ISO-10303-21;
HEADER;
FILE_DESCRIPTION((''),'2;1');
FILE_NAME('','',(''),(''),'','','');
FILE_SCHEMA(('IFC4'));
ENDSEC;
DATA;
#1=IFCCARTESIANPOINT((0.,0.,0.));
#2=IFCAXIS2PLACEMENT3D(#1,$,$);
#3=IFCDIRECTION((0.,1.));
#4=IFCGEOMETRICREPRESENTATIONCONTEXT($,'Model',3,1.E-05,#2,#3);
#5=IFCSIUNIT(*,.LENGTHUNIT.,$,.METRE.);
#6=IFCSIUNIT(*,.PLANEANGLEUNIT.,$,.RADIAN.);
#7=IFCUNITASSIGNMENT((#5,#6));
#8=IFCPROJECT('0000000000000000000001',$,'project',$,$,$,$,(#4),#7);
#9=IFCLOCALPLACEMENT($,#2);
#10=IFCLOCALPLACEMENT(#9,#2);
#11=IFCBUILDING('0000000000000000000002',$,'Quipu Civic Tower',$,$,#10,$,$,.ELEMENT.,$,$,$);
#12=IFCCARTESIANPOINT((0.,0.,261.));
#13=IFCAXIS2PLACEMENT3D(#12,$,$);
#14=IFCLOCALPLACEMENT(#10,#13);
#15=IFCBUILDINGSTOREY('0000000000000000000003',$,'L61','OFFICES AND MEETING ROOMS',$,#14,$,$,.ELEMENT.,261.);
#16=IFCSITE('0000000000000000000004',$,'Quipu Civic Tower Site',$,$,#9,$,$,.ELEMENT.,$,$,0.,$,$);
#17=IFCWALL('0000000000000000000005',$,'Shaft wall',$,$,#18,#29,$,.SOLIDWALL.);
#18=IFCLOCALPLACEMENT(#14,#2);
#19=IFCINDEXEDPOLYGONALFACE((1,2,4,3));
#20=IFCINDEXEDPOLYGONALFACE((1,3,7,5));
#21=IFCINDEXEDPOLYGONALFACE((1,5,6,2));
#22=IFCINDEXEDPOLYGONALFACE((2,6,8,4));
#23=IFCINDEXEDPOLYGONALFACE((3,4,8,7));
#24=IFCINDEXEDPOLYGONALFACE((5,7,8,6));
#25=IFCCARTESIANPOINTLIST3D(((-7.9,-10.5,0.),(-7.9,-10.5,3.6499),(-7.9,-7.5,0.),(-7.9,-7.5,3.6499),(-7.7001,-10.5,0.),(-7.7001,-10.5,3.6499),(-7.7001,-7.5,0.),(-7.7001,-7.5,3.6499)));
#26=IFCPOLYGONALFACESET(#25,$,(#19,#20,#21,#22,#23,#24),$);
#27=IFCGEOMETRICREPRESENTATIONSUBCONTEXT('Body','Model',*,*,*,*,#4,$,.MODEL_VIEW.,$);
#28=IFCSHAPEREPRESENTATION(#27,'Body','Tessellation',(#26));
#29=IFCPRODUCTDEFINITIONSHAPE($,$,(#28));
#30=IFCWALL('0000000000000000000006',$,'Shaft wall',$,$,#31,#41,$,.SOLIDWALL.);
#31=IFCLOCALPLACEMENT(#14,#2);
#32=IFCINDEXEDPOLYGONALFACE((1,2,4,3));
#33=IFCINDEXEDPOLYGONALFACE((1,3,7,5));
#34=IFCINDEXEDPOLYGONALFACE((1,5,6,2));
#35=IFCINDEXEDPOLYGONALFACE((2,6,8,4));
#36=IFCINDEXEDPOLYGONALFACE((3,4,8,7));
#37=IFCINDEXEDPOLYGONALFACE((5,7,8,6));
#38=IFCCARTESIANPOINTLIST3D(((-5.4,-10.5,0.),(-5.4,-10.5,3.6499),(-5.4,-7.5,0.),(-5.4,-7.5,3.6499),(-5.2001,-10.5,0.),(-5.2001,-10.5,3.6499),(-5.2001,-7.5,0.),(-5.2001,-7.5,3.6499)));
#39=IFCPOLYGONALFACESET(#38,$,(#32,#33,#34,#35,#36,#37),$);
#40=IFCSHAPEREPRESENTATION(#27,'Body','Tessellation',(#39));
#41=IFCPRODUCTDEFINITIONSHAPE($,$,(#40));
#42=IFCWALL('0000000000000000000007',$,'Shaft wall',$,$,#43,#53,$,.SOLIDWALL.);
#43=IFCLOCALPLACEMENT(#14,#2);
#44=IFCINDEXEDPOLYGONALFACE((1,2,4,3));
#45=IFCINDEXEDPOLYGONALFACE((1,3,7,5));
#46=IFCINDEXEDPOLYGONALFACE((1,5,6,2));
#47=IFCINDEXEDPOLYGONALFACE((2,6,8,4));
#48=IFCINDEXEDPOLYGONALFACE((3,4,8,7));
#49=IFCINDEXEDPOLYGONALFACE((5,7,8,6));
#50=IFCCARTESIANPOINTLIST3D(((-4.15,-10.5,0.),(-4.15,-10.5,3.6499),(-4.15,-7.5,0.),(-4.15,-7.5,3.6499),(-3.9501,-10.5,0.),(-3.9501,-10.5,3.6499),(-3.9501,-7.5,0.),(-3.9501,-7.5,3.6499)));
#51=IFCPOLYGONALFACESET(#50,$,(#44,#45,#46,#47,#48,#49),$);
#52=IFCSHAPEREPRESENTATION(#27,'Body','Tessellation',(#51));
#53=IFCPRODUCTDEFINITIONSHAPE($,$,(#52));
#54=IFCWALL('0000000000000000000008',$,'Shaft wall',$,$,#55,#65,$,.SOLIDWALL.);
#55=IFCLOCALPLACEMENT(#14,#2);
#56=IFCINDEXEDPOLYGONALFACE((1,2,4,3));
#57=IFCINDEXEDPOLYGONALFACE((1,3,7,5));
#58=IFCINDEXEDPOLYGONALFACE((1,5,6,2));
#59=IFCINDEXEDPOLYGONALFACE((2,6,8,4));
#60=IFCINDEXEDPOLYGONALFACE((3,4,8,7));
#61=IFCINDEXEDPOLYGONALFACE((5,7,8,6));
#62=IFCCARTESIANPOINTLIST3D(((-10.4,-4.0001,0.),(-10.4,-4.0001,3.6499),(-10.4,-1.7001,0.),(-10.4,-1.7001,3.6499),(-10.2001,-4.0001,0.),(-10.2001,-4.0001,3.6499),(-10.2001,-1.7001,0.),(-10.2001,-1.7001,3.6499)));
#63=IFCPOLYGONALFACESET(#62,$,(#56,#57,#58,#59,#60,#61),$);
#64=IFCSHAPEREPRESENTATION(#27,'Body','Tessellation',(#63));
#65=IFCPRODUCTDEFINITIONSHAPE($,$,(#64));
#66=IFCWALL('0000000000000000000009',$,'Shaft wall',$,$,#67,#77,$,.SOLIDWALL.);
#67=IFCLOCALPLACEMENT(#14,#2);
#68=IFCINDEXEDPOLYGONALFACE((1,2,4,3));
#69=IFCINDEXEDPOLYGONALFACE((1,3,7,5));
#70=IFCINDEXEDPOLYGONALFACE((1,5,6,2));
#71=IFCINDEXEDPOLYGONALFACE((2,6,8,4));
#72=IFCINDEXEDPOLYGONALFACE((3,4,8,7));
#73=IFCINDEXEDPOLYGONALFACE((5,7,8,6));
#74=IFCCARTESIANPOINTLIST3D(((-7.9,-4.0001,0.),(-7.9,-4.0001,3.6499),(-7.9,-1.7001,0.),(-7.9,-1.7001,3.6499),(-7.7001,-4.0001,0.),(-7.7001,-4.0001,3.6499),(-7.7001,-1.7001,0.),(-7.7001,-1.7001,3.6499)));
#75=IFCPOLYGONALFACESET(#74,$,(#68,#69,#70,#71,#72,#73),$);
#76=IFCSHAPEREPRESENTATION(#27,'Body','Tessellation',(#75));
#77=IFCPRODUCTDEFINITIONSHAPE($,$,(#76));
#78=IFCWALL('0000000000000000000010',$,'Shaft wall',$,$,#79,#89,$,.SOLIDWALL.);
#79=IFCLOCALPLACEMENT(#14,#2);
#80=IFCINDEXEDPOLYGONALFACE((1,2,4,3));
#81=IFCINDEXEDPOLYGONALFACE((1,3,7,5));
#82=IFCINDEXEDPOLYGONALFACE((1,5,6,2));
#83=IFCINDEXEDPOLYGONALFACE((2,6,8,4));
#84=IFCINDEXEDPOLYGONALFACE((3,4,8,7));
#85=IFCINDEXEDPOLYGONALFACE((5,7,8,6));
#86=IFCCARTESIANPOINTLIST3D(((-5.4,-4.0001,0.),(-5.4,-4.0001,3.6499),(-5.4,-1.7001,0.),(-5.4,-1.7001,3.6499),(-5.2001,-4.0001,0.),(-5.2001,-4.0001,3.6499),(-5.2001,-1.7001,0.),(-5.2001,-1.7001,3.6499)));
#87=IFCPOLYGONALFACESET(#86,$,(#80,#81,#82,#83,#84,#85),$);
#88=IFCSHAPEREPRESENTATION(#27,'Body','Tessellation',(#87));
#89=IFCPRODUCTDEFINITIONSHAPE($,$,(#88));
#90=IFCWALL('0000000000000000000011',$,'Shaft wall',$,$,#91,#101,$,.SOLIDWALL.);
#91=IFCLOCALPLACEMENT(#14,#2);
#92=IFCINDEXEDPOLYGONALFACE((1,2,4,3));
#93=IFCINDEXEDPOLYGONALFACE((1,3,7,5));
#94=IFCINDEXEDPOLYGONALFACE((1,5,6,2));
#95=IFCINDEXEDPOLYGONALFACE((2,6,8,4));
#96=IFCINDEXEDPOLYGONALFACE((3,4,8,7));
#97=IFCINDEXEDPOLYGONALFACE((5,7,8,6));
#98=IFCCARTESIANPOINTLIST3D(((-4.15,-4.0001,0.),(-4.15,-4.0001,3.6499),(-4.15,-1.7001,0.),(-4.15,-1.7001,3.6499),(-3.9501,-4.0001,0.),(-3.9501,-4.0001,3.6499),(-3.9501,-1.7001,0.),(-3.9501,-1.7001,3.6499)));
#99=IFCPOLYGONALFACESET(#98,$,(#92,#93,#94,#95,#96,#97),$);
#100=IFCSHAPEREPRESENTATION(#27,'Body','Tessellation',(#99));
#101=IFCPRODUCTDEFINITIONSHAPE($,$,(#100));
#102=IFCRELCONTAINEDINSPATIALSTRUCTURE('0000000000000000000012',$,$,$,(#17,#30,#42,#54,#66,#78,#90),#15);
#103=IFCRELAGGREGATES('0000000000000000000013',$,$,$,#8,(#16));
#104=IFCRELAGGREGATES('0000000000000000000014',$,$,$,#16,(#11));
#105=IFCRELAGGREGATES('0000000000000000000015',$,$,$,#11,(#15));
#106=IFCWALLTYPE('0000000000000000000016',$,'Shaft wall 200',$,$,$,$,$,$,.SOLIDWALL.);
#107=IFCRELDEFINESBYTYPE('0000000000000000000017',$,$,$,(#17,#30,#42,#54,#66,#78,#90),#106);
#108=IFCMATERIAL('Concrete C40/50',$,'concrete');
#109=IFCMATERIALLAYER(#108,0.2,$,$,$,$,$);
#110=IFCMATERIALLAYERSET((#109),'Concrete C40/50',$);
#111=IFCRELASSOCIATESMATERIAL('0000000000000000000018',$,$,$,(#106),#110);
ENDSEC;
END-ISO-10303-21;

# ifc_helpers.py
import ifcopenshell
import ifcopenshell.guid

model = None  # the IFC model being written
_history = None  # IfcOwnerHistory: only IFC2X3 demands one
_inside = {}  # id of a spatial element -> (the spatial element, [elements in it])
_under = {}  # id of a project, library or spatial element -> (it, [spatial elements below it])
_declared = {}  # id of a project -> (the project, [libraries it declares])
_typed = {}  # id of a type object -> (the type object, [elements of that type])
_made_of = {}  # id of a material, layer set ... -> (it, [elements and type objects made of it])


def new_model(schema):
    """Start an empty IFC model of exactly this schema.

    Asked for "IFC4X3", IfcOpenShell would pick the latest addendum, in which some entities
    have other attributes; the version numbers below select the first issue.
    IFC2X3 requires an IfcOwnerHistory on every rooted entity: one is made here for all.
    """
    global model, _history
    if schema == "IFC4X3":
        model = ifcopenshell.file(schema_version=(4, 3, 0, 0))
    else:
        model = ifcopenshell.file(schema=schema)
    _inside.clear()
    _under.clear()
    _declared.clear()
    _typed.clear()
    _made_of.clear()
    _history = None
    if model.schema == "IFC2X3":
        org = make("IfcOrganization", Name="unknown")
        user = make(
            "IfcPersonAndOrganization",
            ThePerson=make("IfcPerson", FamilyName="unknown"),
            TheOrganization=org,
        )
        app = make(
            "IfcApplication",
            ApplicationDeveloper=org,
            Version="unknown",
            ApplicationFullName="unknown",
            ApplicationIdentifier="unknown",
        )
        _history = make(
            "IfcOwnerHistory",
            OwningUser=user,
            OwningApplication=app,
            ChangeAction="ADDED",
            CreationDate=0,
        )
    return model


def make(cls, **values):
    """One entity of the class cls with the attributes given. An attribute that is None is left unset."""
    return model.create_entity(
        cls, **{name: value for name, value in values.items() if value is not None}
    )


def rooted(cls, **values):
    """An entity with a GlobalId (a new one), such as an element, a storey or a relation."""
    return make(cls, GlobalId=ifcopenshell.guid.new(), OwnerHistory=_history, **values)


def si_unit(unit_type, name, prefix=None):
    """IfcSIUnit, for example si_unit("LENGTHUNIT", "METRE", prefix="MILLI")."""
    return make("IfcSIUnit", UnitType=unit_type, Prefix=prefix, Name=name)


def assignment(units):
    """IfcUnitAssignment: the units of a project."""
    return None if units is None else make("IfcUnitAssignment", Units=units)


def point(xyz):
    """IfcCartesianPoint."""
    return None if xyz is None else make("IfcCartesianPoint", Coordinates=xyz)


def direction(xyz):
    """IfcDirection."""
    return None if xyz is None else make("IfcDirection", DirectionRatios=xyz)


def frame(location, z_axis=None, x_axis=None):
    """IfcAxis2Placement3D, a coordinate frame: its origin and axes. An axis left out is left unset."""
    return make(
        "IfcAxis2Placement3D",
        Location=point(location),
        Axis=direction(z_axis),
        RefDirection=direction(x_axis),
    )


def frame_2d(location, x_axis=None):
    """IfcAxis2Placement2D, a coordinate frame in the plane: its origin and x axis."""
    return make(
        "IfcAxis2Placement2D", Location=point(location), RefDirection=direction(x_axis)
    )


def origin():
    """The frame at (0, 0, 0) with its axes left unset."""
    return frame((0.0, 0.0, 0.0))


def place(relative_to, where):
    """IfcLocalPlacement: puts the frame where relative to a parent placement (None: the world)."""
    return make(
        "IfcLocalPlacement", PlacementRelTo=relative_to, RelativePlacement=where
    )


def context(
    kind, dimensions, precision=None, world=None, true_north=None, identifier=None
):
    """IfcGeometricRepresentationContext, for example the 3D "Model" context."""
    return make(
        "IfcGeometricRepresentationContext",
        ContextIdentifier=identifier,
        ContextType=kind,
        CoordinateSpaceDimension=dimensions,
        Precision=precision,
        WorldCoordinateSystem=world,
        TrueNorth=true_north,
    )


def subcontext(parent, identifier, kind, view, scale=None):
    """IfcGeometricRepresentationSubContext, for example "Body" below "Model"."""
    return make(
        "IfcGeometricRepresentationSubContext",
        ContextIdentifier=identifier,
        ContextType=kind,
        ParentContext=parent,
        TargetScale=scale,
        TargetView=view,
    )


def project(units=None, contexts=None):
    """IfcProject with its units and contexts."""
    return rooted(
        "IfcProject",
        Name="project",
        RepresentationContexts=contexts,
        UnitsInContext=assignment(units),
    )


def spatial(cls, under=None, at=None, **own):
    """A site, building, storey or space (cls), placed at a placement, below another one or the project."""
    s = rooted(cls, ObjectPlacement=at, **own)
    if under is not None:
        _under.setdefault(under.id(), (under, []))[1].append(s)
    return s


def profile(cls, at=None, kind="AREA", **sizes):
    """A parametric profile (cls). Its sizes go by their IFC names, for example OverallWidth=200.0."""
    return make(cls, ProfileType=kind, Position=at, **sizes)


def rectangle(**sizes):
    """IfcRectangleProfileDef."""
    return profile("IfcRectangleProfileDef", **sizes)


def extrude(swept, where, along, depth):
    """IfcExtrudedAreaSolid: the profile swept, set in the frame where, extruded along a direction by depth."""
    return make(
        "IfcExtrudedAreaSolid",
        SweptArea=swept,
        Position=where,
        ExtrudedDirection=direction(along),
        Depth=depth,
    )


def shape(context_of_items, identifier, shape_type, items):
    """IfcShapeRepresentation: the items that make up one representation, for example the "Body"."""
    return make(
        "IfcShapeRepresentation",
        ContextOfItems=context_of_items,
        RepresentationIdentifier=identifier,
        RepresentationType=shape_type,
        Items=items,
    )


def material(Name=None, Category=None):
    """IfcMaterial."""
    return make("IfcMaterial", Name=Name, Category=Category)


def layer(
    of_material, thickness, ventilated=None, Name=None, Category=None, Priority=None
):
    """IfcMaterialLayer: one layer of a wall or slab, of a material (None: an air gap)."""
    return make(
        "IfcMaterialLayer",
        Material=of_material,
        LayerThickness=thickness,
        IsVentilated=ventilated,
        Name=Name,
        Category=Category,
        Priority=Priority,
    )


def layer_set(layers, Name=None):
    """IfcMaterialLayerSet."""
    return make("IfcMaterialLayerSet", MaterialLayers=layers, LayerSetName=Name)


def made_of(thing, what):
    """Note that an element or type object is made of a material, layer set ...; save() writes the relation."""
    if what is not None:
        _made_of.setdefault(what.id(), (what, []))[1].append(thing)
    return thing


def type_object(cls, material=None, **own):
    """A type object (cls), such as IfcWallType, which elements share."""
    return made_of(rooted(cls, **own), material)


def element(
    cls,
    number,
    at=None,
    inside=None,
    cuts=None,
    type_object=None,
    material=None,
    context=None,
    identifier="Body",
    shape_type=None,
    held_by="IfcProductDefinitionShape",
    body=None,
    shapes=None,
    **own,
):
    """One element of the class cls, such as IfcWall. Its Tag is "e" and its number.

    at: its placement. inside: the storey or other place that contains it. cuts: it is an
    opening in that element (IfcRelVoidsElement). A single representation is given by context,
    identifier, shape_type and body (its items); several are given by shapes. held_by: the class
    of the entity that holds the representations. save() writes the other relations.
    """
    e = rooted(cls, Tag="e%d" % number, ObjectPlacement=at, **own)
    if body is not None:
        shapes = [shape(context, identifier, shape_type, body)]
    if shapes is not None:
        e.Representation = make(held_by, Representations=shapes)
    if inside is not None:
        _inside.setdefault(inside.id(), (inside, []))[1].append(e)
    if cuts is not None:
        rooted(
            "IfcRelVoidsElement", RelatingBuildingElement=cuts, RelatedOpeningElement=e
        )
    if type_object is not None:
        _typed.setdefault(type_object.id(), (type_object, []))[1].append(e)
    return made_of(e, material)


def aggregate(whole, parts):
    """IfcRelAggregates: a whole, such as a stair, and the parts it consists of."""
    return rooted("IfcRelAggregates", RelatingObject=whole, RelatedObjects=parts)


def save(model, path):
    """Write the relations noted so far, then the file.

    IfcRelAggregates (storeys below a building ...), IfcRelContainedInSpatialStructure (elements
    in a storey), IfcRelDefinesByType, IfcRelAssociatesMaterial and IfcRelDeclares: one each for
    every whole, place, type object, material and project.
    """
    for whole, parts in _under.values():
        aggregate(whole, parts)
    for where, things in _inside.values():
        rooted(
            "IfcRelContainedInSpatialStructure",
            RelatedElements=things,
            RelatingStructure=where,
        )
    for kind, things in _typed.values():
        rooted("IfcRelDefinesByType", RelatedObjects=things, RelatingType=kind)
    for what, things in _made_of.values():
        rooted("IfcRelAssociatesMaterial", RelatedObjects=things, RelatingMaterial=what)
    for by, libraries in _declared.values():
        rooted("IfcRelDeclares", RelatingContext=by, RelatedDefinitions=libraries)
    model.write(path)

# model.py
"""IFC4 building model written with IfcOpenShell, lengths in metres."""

from ifc_helpers import new_model, si_unit, direction, frame, frame_2d, origin, place, context, subcontext, project, spatial, rectangle, extrude, material, layer, layer_set, type_object, element, save


model = new_model("IFC4")

# Units and contexts
model_context = context("Model", 3, precision=1e-05, world=origin(), true_north=direction((0.0, 1.0)))
body_context = subcontext(model_context, "Body", "Model", "MODEL_VIEW")
ifc_project = project(units=[si_unit("LENGTHUNIT", "METRE"), si_unit("PLANEANGLEUNIT", "RADIAN")], contexts=[model_context])

# Site, building, storey
site_placement = place(None, origin())
site = spatial("IfcSite", under=ifc_project, at=site_placement, Name="Quipu Civic Tower Site", CompositionType="ELEMENT", RefElevation=0.0)
building_placement = place(site_placement, origin())
building = spatial("IfcBuilding", under=site, at=building_placement, Name="Quipu Civic Tower", CompositionType="ELEMENT")
storey_placement = place(building_placement, frame((0.0, 0.0, 261.0)))
storey = spatial("IfcBuildingStorey", under=building, at=storey_placement, Name="L61", Description="OFFICES AND MEETING ROOMS", CompositionType="ELEMENT", Elevation=261.0)

# Walls
ifc_material_1 = material(Name="Concrete C40/50", Category="concrete")
ifc_layer_1 = layer(ifc_material_1, 0.2)
ifc_layer_set_1 = layer_set([ifc_layer_1], Name="Concrete C40/50")
wall_type_1 = type_object("IfcWallType", Name="Shaft wall 200", PredefinedType="SOLIDWALL", material=ifc_layer_set_1)
for number, where, z_axis, x_axis, name in (
    (1, (-7.8, -10.5, 0.0), (0.0, 0.0, 1.0), (0.0, 1.0, 0.0), "Shaft wall"),
    (2, (-5.3, -10.5, 0.0), (0.0, 0.0, 1.0), (0.0, 1.0, 0.0), "Shaft wall"),
    (3, (-4.05, -10.5, 0.0), (0.0, 0.0, 1.0), (0.0, 1.0, 0.0), "Shaft wall"),
):
    element("IfcWall", number, at=place(storey_placement, frame(where, z_axis=z_axis, x_axis=x_axis)), inside=storey, type_object=wall_type_1, Name=name, PredefinedType="SOLIDWALL", context=body_context, shape_type="SweptSolid", body=[
        extrude(rectangle(XDim=3.0, YDim=0.2, at=frame_2d((1.5, 0.0))), origin(), (0.0, 0.0, 1.0), 3.6499),
    ])
for number, where, z_axis, x_axis, name in (
    (4, (-10.3, -4.0, 0.0), (0.0, 0.0, 1.0), (0.0, 1.0, 0.0), "Shaft wall"),
    (5, (-7.8, -4.0, 0.0), (0.0, 0.0, 1.0), (0.0, 1.0, 0.0), "Shaft wall"),
    (6, (-5.3, -4.0, 0.0), (0.0, 0.0, 1.0), (0.0, 1.0, 0.0), "Shaft wall"),
    (7, (-4.05, -4.0, 0.0), (0.0, 0.0, 1.0), (0.0, 1.0, 0.0), "Shaft wall"),
):
    element("IfcWall", number, at=place(storey_placement, frame(where, z_axis=z_axis, x_axis=x_axis)), inside=storey, type_object=wall_type_1, Name=name, PredefinedType="SOLIDWALL", context=body_context, shape_type="SweptSolid", body=[
        extrude(rectangle(XDim=2.3, YDim=0.2, at=frame_2d((1.1499, 0.0))), origin(), (0.0, 0.0, 1.0), 3.6499),
    ])

save(model, "model.ifc")
